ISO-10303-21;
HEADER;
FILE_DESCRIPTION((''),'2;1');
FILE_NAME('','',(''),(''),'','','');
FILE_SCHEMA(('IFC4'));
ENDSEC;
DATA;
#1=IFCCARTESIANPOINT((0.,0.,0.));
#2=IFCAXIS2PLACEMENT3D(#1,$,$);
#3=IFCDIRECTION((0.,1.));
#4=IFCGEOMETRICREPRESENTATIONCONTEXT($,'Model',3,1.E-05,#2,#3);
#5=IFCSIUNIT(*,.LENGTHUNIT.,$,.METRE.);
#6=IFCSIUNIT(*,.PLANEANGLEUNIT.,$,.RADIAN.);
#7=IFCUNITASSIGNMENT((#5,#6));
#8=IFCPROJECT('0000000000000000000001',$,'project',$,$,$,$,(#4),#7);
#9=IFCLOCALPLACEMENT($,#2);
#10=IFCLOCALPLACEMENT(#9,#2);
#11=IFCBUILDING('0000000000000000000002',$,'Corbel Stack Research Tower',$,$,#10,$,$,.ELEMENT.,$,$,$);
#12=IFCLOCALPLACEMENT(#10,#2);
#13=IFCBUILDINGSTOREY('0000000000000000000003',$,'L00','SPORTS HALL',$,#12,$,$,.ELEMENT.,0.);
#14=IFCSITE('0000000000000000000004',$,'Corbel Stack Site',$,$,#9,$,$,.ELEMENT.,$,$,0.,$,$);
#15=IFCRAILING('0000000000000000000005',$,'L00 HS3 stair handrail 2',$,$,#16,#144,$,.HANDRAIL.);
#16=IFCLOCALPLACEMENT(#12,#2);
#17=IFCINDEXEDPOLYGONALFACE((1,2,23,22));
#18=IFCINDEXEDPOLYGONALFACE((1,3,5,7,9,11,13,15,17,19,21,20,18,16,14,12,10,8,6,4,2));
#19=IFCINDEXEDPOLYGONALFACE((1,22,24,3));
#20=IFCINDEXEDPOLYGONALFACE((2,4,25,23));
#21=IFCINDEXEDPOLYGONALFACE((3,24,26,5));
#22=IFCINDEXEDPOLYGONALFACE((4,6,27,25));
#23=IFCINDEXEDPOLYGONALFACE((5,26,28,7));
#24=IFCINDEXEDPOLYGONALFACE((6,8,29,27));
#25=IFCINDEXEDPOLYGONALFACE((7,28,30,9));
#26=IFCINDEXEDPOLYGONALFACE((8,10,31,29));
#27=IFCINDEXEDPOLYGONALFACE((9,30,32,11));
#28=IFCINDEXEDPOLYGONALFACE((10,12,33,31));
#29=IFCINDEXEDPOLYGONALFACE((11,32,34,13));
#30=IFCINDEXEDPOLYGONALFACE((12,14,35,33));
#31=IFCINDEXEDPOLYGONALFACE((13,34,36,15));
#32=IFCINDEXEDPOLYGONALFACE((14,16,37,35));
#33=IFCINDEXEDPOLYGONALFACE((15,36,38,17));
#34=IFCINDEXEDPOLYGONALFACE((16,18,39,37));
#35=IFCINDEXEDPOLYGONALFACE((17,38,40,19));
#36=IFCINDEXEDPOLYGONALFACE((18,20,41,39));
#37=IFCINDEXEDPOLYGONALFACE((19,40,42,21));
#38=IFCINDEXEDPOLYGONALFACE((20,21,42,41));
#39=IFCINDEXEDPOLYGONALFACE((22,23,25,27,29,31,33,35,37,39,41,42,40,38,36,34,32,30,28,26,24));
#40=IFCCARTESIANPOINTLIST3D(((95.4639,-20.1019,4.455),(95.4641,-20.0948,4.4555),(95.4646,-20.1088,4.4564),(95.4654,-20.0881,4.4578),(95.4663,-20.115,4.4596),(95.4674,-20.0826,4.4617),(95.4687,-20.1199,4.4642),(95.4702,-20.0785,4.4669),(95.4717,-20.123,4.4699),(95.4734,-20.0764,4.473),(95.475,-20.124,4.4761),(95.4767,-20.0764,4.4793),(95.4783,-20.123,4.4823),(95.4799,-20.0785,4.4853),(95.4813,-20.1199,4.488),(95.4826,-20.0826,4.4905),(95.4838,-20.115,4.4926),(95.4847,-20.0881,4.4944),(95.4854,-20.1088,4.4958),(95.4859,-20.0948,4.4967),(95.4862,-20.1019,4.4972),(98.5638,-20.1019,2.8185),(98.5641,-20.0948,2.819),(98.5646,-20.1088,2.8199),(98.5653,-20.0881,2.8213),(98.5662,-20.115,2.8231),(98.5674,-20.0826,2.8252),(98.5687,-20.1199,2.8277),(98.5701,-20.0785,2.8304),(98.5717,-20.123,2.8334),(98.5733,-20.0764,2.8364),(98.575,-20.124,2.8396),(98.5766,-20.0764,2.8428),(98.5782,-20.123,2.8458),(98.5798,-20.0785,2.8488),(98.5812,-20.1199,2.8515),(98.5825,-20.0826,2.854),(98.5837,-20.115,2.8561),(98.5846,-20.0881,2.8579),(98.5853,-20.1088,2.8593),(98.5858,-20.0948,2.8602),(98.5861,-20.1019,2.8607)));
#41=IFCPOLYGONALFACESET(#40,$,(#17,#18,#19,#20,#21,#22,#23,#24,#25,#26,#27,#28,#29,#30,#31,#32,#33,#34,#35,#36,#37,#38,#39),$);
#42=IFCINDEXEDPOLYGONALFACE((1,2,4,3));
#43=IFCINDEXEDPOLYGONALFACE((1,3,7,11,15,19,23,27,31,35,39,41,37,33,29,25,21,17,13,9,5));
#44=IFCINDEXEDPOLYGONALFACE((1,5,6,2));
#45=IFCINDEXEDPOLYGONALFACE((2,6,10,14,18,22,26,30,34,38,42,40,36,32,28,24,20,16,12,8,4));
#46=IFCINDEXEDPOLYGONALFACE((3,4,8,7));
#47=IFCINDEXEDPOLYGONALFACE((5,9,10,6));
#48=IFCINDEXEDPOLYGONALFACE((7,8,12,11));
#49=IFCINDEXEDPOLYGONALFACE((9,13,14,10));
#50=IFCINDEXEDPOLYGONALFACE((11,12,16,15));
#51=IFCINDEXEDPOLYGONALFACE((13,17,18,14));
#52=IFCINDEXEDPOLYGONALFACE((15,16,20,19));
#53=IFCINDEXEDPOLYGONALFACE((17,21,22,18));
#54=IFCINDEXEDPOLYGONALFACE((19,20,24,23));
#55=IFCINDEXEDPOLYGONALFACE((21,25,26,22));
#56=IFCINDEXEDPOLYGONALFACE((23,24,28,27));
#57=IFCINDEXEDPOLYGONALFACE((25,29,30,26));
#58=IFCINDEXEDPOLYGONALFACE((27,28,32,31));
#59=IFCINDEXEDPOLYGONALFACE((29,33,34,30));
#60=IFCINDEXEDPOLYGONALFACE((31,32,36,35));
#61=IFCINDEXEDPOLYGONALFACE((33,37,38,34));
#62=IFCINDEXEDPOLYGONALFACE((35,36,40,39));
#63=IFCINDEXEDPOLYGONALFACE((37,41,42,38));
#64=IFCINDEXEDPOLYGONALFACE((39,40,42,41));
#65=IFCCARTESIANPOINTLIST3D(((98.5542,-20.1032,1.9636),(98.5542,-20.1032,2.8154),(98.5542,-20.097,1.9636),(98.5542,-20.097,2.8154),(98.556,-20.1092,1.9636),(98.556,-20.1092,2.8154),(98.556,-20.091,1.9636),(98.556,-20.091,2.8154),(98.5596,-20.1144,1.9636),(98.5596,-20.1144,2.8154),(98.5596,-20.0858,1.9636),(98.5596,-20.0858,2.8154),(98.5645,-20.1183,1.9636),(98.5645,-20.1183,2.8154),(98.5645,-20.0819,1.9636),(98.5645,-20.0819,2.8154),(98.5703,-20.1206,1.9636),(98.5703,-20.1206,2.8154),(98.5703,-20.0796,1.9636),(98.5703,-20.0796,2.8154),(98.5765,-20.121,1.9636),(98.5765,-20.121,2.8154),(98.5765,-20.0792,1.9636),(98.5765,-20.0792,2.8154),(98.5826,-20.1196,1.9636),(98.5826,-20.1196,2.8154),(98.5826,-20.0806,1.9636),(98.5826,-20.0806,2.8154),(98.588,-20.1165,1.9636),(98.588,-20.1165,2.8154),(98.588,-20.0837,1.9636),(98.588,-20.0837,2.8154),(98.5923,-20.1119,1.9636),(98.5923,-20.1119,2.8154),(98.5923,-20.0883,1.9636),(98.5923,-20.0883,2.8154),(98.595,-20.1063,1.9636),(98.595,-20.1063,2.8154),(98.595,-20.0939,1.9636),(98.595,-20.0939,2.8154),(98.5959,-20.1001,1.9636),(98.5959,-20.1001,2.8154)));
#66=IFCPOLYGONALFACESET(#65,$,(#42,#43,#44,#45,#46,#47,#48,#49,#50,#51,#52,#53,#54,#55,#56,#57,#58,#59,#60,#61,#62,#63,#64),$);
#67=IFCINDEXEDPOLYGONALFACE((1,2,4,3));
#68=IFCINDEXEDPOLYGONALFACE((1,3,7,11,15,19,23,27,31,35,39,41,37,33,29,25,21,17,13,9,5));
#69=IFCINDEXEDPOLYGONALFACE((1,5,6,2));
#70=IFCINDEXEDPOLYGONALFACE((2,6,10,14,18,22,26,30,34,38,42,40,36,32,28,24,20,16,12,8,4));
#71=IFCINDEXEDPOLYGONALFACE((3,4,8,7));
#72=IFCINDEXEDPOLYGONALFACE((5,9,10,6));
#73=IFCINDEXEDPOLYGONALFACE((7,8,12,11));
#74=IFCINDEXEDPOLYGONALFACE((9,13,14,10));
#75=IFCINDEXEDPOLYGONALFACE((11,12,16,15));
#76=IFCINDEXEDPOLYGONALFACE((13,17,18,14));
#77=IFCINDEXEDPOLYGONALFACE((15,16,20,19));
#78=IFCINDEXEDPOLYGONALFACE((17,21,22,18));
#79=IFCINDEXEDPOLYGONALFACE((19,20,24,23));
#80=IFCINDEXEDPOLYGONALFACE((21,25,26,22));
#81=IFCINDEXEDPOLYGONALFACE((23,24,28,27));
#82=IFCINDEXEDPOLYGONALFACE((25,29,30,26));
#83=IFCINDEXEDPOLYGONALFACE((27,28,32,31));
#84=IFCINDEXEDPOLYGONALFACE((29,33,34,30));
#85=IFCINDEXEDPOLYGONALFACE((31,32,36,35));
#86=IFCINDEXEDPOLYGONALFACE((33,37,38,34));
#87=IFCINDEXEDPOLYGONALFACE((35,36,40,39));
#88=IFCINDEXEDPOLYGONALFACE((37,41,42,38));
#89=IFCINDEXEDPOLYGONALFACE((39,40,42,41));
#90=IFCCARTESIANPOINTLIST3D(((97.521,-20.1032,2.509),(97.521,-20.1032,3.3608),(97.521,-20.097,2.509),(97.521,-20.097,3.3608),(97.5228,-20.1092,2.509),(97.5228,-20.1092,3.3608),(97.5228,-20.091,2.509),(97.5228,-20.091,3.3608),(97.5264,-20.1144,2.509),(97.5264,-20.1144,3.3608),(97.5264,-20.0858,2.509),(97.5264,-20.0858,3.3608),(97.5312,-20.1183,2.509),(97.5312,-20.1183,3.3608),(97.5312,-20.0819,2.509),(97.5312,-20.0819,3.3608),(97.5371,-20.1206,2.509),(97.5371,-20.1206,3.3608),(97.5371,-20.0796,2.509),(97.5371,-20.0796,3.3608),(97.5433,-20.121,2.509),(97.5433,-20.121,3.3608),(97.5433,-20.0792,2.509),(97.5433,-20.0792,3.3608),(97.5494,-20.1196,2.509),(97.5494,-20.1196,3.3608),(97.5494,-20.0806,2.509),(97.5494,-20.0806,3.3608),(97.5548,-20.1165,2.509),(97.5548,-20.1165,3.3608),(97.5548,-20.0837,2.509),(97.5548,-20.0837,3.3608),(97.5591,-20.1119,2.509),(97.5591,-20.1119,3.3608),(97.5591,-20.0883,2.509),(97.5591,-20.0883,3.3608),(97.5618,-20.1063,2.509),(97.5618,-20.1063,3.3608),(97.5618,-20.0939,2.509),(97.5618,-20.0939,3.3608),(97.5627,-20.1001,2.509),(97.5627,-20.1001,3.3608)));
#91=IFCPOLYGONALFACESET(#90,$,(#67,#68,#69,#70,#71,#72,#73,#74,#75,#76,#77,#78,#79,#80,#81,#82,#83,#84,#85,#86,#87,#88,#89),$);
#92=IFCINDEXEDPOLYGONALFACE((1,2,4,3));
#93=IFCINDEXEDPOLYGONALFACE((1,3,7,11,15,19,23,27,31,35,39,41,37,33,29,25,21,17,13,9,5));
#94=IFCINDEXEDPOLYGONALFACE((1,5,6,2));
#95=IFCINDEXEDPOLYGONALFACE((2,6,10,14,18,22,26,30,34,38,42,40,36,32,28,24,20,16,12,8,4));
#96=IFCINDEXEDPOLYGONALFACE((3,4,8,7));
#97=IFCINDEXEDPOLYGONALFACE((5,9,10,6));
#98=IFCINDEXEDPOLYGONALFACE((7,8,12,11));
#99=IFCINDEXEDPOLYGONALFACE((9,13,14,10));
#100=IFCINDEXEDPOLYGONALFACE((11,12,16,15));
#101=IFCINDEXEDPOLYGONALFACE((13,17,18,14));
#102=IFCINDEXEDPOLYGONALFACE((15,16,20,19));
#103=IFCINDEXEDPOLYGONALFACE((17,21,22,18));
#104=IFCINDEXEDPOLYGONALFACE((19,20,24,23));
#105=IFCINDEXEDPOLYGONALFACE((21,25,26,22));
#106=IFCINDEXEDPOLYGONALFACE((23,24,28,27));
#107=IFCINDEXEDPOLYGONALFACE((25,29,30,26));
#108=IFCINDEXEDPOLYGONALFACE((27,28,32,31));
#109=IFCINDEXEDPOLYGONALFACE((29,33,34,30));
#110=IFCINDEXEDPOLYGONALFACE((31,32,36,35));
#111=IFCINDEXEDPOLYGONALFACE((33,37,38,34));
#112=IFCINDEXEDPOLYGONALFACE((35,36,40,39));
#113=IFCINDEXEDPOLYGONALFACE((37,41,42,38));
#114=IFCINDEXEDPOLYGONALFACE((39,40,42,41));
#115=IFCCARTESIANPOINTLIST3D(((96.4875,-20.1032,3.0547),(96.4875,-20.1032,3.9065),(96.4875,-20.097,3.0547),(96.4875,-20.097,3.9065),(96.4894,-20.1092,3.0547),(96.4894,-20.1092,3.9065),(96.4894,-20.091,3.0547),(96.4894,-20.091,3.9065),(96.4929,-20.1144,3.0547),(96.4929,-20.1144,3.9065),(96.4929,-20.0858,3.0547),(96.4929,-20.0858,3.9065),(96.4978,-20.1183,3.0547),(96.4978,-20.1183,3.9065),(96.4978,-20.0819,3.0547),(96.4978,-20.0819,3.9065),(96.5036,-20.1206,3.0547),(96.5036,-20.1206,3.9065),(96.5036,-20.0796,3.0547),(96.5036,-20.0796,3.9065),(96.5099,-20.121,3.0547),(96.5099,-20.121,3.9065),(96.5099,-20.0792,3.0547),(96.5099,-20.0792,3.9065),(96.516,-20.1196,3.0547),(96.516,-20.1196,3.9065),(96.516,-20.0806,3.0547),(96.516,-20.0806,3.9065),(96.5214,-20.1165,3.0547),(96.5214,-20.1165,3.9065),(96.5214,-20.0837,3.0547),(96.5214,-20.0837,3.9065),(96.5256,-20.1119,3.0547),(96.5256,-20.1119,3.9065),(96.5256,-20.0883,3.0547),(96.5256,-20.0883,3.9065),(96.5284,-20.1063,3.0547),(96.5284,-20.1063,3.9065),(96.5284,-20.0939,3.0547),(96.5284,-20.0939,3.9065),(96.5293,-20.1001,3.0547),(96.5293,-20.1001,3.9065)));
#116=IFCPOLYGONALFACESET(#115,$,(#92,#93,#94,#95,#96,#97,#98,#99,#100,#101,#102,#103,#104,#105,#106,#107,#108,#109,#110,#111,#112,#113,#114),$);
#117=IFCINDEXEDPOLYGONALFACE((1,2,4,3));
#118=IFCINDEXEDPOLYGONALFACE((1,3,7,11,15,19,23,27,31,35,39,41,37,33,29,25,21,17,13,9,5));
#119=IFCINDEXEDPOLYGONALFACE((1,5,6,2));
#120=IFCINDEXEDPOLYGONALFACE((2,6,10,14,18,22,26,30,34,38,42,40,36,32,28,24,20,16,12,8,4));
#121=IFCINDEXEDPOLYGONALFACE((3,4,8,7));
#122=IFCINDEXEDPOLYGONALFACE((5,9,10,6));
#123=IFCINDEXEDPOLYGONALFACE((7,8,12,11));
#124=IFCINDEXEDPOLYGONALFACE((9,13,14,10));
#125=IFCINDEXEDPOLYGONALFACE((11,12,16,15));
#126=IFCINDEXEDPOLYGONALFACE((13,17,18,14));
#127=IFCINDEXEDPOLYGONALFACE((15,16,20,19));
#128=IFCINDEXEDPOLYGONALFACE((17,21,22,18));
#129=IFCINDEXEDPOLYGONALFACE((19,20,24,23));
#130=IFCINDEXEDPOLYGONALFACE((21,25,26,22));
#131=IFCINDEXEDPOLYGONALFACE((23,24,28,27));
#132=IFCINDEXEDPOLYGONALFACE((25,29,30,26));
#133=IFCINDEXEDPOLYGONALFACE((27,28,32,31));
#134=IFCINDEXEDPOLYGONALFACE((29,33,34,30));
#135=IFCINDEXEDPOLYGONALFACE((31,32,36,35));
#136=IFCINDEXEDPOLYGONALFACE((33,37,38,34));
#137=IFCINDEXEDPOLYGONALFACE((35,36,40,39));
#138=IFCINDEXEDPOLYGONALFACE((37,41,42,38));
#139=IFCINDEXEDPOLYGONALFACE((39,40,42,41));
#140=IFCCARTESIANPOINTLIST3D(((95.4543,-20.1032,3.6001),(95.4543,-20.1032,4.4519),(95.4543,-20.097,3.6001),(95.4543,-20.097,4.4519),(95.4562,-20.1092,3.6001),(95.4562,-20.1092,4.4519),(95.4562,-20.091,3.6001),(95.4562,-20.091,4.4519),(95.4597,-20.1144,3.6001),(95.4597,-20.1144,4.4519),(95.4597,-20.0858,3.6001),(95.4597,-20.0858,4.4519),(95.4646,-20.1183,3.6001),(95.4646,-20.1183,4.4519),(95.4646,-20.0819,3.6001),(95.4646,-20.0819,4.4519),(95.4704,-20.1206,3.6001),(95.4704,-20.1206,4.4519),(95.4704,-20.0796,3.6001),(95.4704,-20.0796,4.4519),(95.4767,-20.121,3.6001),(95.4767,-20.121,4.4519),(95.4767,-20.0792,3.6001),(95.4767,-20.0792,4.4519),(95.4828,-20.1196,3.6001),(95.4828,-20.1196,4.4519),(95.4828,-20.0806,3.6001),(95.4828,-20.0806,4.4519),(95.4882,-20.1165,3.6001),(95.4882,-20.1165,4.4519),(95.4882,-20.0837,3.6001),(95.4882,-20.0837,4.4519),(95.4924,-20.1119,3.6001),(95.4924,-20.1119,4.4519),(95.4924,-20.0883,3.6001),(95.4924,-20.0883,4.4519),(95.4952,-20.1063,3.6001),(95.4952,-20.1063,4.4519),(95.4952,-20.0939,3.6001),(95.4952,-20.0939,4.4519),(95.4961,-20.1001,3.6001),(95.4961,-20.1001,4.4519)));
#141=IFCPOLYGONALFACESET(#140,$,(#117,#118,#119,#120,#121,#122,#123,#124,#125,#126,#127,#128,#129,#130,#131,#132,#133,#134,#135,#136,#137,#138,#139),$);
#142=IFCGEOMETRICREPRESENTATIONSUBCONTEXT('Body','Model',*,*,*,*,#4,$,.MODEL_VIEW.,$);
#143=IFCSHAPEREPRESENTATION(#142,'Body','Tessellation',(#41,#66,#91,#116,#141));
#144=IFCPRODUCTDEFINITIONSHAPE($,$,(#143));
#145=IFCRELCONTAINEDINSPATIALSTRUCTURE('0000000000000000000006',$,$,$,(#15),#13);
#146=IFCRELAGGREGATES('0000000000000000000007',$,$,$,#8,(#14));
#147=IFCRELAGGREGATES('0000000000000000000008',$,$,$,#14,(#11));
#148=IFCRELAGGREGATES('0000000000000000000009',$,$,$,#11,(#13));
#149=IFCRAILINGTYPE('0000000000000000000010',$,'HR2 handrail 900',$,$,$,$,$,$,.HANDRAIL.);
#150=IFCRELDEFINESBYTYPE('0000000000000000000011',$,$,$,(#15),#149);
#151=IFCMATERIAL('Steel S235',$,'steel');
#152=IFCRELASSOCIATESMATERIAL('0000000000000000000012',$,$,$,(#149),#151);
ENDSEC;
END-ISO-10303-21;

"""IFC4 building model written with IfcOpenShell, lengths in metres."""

from ifc_helpers import new_model, si_unit, direction, frame, origin, origin_2d, place, context, subcontext, project, spatial, circle, extrude, material, type_object, element, save


model = new_model("IFC4")

# Units and contexts
model_context = context("Model", 3, precision=1e-05, world=origin(), true_north=direction((0.0, 1.0)))
body_context = subcontext(model_context, "Body", "Model", "MODEL_VIEW")
ifc_project = project(units=[si_unit("LENGTHUNIT", "METRE"), si_unit("PLANEANGLEUNIT", "RADIAN")], contexts=[model_context])

# Site, building, storey
site_placement = place(None, origin())
site = spatial("IfcSite", under=ifc_project, at=site_placement, Name="Corbel Stack Site", CompositionType="ELEMENT", RefElevation=0.0)
building_placement = place(site_placement, origin())
building = spatial("IfcBuilding", under=site, at=building_placement, Name="Corbel Stack Research Tower", CompositionType="ELEMENT")
storey_placement = place(building_placement, origin())
storey = spatial("IfcBuildingStorey", under=building, at=storey_placement, Name="L00", Description="SPORTS HALL", CompositionType="ELEMENT", Elevation=0.0)

# Railing
ifc_material_1 = material(Name="Steel S235", Category="steel")
railing_type_1 = type_object("IfcRailingType", Name="HR2 handrail 900", PredefinedType="HANDRAIL", material=ifc_material_1)
railing_1_placement = place(storey_placement, frame((98.575, -20.1001, 1.9636)))
element("IfcRailing", 1, at=railing_1_placement, inside=storey, type_object=railing_type_1, Name="L00 HS3 stair handrail 2", PredefinedType="HANDRAIL", context=body_context, shape_type="SweptSolid", body=[
    extrude(circle(Radius=0.0239, at=origin_2d()), frame((0.0, 0.0, 0.876), z_axis=(-0.884333, 0.0, 0.466857), x_axis=(0.0, -1.0, 0.0)), (0.0, 0.0, 1.0), 3.5054),
    extrude(circle(Radius=0.021, at=origin_2d()), origin(), (0.0, 0.0, 1.0), 0.8518),
    extrude(circle(Radius=0.021, at=origin_2d()), frame((-1.0332, 0.0, 0.5454)), (0.0, 0.0, 1.0), 0.8518),
    extrude(circle(Radius=0.021, at=origin_2d()), frame((-2.0667, 0.0, 1.0911)), (0.0, 0.0, 1.0), 0.8518),
    extrude(circle(Radius=0.021, at=origin_2d()), frame((-3.0999, 0.0, 1.6365)), (0.0, 0.0, 1.0), 0.8518),
])

save(model, "model.ifc")
